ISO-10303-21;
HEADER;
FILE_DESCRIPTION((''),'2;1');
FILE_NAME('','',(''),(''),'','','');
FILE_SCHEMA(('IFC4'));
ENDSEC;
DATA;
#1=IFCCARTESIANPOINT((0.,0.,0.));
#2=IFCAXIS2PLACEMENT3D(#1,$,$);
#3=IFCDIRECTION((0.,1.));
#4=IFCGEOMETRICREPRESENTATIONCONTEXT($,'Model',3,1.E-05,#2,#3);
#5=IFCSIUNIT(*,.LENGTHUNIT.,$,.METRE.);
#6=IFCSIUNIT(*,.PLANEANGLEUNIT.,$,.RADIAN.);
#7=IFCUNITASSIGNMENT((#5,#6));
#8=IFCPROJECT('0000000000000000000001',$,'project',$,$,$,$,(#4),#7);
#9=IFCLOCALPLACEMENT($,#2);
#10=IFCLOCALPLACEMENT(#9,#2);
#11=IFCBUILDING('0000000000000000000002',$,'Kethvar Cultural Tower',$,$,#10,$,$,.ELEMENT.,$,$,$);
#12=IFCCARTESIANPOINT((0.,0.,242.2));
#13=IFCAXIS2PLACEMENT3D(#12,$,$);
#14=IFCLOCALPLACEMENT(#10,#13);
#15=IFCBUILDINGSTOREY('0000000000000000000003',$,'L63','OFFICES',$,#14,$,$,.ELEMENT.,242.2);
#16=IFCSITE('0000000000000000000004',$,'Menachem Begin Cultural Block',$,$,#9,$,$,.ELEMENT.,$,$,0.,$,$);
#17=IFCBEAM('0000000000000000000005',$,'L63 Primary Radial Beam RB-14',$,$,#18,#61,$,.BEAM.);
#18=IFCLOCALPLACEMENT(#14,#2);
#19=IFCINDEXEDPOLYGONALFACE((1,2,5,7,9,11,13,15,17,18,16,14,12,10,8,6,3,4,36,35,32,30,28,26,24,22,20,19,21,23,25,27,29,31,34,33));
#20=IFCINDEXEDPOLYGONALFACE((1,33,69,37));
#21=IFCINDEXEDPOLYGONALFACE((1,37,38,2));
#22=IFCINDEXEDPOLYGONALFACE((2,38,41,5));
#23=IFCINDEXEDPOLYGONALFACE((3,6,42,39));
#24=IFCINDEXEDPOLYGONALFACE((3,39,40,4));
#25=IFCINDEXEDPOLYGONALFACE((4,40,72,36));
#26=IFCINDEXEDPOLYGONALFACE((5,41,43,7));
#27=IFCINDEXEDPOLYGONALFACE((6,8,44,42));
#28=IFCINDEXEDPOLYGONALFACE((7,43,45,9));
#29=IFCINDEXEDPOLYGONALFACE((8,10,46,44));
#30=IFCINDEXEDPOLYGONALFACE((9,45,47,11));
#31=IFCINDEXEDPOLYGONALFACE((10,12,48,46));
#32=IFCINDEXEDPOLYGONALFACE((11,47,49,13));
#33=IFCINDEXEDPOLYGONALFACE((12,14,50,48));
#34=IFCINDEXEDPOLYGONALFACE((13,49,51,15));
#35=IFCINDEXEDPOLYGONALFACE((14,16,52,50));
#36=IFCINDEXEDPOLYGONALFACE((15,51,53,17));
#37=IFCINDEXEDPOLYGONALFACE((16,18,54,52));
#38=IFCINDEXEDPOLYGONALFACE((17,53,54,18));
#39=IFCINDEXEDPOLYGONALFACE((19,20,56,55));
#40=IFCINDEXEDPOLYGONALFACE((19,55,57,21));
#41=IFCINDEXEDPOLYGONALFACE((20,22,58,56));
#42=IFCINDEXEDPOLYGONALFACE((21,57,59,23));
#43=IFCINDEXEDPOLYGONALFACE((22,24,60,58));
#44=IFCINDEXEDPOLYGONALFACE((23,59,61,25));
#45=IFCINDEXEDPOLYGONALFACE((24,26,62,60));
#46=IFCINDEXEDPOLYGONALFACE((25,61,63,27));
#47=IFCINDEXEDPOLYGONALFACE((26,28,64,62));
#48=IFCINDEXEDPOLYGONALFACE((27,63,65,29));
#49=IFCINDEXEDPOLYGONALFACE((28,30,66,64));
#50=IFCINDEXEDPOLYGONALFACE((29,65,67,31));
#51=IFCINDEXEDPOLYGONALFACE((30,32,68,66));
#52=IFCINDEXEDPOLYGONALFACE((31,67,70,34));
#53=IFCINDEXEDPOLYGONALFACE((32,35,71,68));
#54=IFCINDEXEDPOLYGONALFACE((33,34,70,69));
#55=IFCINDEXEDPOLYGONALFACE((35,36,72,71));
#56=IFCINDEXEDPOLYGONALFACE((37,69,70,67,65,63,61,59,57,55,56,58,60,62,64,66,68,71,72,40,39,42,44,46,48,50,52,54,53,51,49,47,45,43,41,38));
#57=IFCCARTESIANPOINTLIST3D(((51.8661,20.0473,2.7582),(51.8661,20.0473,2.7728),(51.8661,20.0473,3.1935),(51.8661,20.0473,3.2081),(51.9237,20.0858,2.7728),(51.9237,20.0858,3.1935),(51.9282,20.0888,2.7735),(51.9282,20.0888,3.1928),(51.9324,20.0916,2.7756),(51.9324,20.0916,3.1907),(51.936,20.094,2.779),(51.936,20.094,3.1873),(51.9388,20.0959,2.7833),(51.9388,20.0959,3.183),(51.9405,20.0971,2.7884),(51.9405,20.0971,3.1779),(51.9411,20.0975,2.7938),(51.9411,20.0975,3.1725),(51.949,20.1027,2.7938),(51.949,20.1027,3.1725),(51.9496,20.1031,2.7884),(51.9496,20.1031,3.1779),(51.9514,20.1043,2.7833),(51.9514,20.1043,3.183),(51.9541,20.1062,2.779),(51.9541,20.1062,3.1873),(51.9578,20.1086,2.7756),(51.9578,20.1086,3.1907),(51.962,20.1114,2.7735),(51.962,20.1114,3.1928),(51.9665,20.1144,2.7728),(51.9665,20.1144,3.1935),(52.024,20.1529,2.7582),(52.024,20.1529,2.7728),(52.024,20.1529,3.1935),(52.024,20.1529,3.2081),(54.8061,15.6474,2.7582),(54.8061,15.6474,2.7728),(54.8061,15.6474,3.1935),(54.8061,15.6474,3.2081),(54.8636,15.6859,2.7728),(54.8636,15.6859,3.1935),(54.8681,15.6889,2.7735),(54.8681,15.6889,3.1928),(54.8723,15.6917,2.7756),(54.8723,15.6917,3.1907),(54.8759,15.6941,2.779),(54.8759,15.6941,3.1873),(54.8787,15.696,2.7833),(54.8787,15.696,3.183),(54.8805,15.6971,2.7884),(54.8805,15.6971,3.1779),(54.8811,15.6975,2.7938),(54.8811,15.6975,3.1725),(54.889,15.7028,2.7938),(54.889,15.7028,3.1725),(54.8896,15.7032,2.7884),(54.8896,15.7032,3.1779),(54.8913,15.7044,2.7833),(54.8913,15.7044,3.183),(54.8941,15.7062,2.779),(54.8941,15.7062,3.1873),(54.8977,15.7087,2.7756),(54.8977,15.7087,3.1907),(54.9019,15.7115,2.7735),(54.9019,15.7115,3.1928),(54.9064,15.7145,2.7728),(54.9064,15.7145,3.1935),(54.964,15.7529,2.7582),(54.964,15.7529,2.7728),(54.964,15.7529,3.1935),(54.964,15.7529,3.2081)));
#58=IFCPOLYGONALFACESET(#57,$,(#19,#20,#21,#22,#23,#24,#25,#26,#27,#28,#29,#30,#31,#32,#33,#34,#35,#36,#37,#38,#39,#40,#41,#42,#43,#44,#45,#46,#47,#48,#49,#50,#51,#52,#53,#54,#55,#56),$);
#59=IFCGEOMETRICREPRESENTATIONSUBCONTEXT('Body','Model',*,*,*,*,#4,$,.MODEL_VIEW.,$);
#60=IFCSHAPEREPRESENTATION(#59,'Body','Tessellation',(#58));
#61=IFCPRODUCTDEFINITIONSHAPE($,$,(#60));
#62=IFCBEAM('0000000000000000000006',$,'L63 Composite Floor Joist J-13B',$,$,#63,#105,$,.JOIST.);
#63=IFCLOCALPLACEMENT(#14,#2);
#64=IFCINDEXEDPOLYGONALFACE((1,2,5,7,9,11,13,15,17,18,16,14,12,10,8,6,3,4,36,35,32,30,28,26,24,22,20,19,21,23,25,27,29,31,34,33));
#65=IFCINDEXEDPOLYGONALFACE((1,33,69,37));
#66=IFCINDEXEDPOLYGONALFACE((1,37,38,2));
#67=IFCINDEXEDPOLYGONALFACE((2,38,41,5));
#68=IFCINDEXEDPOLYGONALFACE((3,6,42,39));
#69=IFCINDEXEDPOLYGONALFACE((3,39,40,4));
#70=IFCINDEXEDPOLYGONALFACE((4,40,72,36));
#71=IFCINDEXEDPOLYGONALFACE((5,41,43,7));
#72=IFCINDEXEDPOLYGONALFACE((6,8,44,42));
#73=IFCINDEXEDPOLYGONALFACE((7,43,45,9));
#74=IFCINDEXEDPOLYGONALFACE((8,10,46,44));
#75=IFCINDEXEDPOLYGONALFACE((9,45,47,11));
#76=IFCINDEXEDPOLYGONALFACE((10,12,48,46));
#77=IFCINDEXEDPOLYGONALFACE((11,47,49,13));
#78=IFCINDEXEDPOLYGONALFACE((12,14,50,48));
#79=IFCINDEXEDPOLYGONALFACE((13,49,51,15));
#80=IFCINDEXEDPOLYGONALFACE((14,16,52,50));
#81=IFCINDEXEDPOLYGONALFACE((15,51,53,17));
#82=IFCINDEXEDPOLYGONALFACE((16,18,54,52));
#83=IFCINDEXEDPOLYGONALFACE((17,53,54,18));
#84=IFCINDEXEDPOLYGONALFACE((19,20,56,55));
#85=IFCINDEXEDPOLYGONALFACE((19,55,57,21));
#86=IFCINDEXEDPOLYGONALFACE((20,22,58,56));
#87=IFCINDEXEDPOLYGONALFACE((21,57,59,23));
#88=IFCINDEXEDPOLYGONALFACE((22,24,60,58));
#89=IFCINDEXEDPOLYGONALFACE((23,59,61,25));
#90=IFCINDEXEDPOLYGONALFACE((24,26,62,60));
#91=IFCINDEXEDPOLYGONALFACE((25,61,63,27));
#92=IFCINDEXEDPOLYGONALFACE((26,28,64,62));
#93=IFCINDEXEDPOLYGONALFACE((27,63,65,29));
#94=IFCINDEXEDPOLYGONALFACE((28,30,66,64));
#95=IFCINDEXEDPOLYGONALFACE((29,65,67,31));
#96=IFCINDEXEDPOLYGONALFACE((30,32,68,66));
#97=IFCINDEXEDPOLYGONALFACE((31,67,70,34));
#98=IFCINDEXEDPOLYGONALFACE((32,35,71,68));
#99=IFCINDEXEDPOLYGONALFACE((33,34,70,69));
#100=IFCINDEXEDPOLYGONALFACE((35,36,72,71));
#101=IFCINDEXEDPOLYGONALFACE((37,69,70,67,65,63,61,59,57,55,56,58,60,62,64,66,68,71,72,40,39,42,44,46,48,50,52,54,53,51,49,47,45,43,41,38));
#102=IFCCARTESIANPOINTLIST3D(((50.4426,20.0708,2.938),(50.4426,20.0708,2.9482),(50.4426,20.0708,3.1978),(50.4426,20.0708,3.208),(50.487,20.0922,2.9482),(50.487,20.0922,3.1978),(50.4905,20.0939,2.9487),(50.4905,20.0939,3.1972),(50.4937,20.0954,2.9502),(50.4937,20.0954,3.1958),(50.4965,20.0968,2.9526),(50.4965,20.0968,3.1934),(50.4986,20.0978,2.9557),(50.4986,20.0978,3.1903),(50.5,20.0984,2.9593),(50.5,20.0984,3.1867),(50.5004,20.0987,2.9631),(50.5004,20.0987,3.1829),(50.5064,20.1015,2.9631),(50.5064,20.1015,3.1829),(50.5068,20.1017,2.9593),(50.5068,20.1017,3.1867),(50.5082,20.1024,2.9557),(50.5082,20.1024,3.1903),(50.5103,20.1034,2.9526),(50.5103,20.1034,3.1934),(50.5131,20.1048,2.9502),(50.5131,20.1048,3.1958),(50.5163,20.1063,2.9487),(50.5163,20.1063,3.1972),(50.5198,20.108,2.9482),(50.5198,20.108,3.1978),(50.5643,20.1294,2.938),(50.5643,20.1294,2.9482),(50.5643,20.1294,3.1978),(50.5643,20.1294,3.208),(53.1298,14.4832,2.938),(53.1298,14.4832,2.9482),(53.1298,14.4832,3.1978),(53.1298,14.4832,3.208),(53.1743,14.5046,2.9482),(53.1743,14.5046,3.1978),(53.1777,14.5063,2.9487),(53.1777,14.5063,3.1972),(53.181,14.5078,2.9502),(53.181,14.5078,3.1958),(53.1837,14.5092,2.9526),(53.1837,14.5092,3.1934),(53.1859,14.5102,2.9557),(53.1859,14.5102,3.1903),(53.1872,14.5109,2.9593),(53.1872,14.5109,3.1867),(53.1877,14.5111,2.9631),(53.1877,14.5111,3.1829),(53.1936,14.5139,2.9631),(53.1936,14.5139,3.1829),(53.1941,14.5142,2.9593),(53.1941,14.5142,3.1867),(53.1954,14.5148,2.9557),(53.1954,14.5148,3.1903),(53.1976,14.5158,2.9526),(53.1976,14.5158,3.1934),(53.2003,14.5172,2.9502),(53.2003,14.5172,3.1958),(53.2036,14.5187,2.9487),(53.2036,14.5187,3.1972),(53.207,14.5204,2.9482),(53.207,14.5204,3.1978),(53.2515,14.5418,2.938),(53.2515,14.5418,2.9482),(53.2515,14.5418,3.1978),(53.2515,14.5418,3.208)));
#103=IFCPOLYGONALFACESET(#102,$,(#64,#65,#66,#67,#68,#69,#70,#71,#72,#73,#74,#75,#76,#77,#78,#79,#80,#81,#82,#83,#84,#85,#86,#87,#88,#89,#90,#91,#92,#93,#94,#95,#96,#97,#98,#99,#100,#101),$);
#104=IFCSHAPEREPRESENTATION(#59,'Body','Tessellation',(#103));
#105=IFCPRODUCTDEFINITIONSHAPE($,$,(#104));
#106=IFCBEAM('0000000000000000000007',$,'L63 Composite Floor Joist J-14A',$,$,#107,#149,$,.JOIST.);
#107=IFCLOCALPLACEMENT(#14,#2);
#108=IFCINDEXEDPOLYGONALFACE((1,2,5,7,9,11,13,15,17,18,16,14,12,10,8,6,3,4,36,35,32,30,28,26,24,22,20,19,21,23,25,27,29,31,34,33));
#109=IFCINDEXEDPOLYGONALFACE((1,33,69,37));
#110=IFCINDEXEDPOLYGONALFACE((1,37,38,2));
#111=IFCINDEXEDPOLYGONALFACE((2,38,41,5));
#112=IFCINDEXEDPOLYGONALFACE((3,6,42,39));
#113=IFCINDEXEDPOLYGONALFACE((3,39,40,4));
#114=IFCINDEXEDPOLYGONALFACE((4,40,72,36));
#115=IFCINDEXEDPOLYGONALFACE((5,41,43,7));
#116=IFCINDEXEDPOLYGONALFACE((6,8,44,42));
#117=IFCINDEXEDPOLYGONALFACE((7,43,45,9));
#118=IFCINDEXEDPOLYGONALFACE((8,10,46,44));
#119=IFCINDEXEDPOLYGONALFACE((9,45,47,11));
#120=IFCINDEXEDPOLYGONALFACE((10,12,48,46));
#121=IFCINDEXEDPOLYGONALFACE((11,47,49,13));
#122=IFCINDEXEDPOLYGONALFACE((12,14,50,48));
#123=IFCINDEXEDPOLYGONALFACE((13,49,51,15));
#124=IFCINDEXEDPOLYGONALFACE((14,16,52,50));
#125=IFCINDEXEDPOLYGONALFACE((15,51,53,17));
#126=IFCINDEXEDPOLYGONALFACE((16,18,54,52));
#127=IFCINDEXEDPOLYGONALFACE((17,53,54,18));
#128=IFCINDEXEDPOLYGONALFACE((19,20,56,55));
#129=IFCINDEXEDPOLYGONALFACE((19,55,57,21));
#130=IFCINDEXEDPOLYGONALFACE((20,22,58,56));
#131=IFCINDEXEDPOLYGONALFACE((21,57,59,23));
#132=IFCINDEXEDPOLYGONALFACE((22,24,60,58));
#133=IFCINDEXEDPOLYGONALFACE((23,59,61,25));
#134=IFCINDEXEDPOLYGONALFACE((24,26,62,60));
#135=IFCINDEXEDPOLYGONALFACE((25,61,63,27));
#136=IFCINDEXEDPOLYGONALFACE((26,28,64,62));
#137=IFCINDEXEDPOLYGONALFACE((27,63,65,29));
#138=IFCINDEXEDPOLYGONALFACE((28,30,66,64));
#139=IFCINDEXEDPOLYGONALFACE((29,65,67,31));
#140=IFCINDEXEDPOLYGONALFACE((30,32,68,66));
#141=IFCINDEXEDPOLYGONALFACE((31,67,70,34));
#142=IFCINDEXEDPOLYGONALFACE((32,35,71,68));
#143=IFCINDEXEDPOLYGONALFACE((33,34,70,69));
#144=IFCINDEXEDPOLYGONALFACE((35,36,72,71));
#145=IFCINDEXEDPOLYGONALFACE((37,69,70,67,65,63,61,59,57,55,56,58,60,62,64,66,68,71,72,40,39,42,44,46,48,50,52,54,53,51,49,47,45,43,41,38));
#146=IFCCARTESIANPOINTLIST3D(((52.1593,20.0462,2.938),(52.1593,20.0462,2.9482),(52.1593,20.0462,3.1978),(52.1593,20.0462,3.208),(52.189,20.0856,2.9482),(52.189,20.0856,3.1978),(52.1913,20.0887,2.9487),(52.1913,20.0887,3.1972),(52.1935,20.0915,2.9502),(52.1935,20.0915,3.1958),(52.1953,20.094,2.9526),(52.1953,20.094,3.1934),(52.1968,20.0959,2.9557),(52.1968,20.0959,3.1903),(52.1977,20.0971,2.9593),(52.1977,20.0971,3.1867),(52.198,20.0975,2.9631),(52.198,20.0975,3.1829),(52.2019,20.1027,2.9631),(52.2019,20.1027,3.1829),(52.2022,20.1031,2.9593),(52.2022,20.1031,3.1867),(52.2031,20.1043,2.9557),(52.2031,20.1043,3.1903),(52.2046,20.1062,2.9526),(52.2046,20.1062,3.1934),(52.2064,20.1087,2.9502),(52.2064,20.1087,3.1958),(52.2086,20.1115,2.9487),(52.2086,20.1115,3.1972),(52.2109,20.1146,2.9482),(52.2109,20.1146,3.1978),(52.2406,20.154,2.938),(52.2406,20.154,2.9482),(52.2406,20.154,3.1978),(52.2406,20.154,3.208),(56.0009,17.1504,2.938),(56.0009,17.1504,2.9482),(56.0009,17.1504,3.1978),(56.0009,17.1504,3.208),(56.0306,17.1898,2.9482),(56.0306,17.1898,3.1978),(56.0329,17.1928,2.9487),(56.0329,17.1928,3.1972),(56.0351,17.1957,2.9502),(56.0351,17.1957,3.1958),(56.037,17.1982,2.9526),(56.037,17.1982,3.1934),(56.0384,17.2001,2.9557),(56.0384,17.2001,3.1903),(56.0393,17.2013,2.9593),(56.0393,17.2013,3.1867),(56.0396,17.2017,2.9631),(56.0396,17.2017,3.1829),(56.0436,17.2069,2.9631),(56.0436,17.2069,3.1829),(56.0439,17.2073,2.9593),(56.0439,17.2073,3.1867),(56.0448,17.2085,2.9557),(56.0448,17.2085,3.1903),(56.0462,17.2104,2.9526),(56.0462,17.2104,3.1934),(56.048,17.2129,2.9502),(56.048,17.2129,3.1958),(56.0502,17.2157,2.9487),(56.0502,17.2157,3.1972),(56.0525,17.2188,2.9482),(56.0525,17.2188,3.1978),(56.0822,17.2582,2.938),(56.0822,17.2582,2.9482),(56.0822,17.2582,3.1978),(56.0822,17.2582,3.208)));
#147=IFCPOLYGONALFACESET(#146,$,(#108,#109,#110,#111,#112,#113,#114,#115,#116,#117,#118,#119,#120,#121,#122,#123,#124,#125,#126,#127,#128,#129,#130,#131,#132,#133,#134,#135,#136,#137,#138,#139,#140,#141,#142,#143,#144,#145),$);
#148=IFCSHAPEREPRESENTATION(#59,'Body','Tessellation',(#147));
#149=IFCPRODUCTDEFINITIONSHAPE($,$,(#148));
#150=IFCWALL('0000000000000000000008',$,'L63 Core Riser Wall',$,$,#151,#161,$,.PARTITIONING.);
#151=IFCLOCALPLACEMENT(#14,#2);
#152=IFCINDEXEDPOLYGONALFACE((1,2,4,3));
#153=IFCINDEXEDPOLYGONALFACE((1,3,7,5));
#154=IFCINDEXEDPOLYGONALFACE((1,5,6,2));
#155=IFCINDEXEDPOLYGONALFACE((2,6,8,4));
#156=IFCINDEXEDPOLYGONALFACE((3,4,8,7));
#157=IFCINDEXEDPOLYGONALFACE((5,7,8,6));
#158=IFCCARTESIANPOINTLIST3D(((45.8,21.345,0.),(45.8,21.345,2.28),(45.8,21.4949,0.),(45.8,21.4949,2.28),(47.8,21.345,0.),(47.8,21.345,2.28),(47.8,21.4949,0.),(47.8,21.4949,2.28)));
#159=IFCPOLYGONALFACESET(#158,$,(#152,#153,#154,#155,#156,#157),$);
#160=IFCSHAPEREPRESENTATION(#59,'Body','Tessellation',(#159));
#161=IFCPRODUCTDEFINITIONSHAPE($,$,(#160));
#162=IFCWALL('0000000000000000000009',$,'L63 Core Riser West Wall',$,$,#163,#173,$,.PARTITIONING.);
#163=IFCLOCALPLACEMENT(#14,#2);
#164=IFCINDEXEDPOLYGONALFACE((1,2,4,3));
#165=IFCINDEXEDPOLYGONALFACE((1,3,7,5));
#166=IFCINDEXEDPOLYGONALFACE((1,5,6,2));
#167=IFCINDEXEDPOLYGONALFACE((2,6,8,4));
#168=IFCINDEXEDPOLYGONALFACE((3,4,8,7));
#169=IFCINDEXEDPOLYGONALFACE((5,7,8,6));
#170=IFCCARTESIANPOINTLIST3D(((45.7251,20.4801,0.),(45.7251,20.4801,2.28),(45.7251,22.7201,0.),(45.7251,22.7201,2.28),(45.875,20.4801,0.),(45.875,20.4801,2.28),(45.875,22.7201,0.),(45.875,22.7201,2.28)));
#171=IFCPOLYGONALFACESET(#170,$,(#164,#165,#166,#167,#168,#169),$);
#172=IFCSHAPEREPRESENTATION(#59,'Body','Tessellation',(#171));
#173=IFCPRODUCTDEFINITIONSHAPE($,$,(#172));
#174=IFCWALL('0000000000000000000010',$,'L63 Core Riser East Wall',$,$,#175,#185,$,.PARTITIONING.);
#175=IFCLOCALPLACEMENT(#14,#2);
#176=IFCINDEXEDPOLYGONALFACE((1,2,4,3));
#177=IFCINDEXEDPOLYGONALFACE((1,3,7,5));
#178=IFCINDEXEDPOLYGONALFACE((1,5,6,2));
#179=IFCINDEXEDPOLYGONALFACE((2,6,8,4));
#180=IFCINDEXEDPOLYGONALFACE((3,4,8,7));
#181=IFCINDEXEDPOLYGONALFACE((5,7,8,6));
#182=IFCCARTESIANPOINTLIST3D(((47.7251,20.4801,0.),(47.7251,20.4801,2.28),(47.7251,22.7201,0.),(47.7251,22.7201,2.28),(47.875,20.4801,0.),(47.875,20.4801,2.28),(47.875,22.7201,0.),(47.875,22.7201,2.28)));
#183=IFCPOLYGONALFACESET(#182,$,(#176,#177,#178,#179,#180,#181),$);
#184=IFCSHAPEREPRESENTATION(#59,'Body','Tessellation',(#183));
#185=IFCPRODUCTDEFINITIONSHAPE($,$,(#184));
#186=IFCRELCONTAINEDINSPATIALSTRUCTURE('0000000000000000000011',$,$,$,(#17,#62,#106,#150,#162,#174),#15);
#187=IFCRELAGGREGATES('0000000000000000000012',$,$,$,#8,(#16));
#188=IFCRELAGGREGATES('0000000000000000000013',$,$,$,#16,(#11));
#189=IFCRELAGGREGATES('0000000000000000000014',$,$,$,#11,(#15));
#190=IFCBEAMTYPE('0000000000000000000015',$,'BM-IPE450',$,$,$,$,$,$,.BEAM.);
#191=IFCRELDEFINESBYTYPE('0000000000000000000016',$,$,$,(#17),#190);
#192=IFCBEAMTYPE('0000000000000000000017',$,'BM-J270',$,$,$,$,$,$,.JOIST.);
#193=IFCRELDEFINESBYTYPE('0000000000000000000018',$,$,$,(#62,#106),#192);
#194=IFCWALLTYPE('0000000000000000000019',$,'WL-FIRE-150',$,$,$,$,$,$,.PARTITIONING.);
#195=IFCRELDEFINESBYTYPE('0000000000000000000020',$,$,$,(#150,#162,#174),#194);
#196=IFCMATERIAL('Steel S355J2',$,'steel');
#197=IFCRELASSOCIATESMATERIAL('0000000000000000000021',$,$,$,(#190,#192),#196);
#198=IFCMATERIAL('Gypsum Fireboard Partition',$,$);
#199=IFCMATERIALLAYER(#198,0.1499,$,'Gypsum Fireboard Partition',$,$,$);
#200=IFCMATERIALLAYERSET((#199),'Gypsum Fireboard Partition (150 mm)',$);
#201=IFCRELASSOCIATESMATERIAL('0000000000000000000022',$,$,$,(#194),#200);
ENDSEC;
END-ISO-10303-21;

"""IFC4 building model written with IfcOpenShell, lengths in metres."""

from ifc_helpers import new_model, si_unit, direction, frame, frame_2d, origin, origin_2d, place, context, subcontext, project, spatial, rectangle, i_section, extrude, source, transform, mapped, material, layer, layer_set, material_profile, profile_set, type_object, element, save


model = new_model("IFC4")

# Units and contexts
model_context = context("Model", 3, precision=1e-05, world=origin(), true_north=direction((0.0, 1.0)))
body_context = subcontext(model_context, "Body", "Model", "MODEL_VIEW")
ifc_project = project(units=[si_unit("LENGTHUNIT", "METRE"), si_unit("PLANEANGLEUNIT", "RADIAN")], contexts=[model_context])

# Site, building, storey
site_placement = place(None, origin())
site = spatial("IfcSite", under=ifc_project, at=site_placement, Name="Menachem Begin Cultural Block", CompositionType="ELEMENT", RefElevation=0.0)
building_placement = place(site_placement, origin())
building = spatial("IfcBuilding", under=site, at=building_placement, Name="Kethvar Cultural Tower", CompositionType="ELEMENT")
storey_placement = place(building_placement, frame((0.0, 0.0, 242.2)))
storey = spatial("IfcBuildingStorey", under=building, at=storey_placement, Name="L63", Description="OFFICES", CompositionType="ELEMENT", Elevation=242.2)

# Beams
ifc_material_1 = material(Name="Steel S355J2", Category="steel")
ifc_material_profile_1 = material_profile(ifc_material_1, i_section(OverallWidth=0.1899, OverallDepth=0.45, WebThickness=0.0095, FlangeThickness=0.0146, FilletRadius=0.021, at=origin_2d()), Name="Steel S355J2 — IPE450")
ifc_profile_set_1 = profile_set([ifc_material_profile_1], Name="Steel S355J2 — IPE450")
beam_type_1 = type_object("IfcBeamType", Name="BM-IPE450", PredefinedType="BEAM", material=ifc_profile_set_1)
shared_shape_1 = source(origin(), body_context, "Body", "SweptSolid", [
    extrude(i_section(OverallWidth=0.1899, OverallDepth=0.45, WebThickness=0.0095, FlangeThickness=0.0146, FilletRadius=0.021, at=origin_2d()), origin(), (0.0, 0.0, 1.0), 5.2917),
])
beam_1_placement = place(storey_placement, frame((51.9451, 20.1001, 2.9832), z_axis=(0.555573, -0.831468, 0.0), x_axis=(0.831468, 0.555573, 0.0)))
element("IfcBeam", 1, at=beam_1_placement, inside=storey, type_object=beam_type_1, Name="L63 Primary Radial Beam RB-14", PredefinedType="BEAM", context=body_context, shape_type="MappedRepresentation", body=[
    mapped(shared_shape_1, transform((0.0, 0.0, 0.0), scale=1.0)),
])
ifc_material_profile_2 = material_profile(ifc_material_1, i_section(OverallWidth=0.135, OverallDepth=0.27, WebThickness=0.0066, FlangeThickness=0.0103, FilletRadius=0.0149, at=origin_2d()), Name="Steel S355J2 — IPE270")
ifc_profile_set_2 = profile_set([ifc_material_profile_2], Name="Steel S355J2 — IPE270")
beam_type_2 = type_object("IfcBeamType", Name="BM-J270", PredefinedType="JOIST", material=ifc_profile_set_2)
shared_shape_2 = source(origin(), body_context, "Body", "SweptSolid", [
    extrude(i_section(OverallWidth=0.135, OverallDepth=0.27, WebThickness=0.0066, FlangeThickness=0.0103, FilletRadius=0.0149, at=origin_2d()), origin(), (0.0, 0.0, 1.0), 6.2002),
])
beam_2_placement = place(storey_placement, frame((50.5034, 20.1001, 3.073), z_axis=(0.433411, -0.901197, 0.0), x_axis=(0.901197, 0.433411, 0.0)))
element("IfcBeam", 2, at=beam_2_placement, inside=storey, type_object=beam_type_2, Name="L63 Composite Floor Joist J-13B", PredefinedType="JOIST", context=body_context, shape_type="MappedRepresentation", body=[
    mapped(shared_shape_2, transform((0.0, 0.0, 0.0), scale=1.0)),
])
shared_shape_3 = source(origin(), body_context, "Body", "SweptSolid", [
    extrude(i_section(OverallWidth=0.135, OverallDepth=0.27, WebThickness=0.0066, FlangeThickness=0.0103, FilletRadius=0.0149, at=origin_2d()), origin(), (0.0, 0.0, 1.0), 4.8108),
])
beam_3_placement = place(storey_placement, frame((52.2, 20.1001, 3.073), z_axis=(0.798542, -0.601939, 0.0), x_axis=(0.601939, 0.798542, 0.0)))
element("IfcBeam", 3, at=beam_3_placement, inside=storey, type_object=beam_type_2, Name="L63 Composite Floor Joist J-14A", PredefinedType="JOIST", context=body_context, shape_type="MappedRepresentation", body=[
    mapped(shared_shape_3, transform((0.0, 0.0, 0.0), scale=1.0)),
])

# Walls
ifc_material_2 = material(Name="Gypsum Fireboard Partition")
ifc_layer_1 = layer(ifc_material_2, 0.1499, Name="Gypsum Fireboard Partition")
ifc_layer_set_1 = layer_set([ifc_layer_1], Name="Gypsum Fireboard Partition (150 mm)")
wall_type_1 = type_object("IfcWallType", Name="WL-FIRE-150", PredefinedType="PARTITIONING", material=ifc_layer_set_1)
wall_1_placement = place(storey_placement, frame((45.8, 21.4199, 0.0), z_axis=(0.0, 0.0, 1.0), x_axis=(1.0, 0.0, 0.0)))
element("IfcWall", 4, at=wall_1_placement, inside=storey, type_object=wall_type_1, Name="L63 Core Riser Wall", PredefinedType="PARTITIONING", context=body_context, shape_type="SweptSolid", body=[
    extrude(rectangle(XDim=2.0, YDim=0.1499, at=frame_2d((1.0, 0.0))), origin(), (0.0, 0.0, 1.0), 2.28),
])
for number, where, z_axis, x_axis, name in (
    (5, (45.8, 20.48, 0.0), (0.0, 0.0, 1.0), (0.0, 1.0, 0.0), "L63 Core Riser West Wall"),
    (6, (47.8, 20.48, 0.0), (0.0, 0.0, 1.0), (0.0, 1.0, 0.0), "L63 Core Riser East Wall"),
):
    element("IfcWall", number, at=place(storey_placement, frame(where, z_axis=z_axis, x_axis=x_axis)), inside=storey, type_object=wall_type_1, Name=name, PredefinedType="PARTITIONING", context=body_context, shape_type="SweptSolid", body=[
        extrude(rectangle(XDim=2.24, YDim=0.1499, at=frame_2d((1.1201, 0.0))), origin(), (0.0, 0.0, 1.0), 2.28),
    ])

save(model, "model.ifc")
